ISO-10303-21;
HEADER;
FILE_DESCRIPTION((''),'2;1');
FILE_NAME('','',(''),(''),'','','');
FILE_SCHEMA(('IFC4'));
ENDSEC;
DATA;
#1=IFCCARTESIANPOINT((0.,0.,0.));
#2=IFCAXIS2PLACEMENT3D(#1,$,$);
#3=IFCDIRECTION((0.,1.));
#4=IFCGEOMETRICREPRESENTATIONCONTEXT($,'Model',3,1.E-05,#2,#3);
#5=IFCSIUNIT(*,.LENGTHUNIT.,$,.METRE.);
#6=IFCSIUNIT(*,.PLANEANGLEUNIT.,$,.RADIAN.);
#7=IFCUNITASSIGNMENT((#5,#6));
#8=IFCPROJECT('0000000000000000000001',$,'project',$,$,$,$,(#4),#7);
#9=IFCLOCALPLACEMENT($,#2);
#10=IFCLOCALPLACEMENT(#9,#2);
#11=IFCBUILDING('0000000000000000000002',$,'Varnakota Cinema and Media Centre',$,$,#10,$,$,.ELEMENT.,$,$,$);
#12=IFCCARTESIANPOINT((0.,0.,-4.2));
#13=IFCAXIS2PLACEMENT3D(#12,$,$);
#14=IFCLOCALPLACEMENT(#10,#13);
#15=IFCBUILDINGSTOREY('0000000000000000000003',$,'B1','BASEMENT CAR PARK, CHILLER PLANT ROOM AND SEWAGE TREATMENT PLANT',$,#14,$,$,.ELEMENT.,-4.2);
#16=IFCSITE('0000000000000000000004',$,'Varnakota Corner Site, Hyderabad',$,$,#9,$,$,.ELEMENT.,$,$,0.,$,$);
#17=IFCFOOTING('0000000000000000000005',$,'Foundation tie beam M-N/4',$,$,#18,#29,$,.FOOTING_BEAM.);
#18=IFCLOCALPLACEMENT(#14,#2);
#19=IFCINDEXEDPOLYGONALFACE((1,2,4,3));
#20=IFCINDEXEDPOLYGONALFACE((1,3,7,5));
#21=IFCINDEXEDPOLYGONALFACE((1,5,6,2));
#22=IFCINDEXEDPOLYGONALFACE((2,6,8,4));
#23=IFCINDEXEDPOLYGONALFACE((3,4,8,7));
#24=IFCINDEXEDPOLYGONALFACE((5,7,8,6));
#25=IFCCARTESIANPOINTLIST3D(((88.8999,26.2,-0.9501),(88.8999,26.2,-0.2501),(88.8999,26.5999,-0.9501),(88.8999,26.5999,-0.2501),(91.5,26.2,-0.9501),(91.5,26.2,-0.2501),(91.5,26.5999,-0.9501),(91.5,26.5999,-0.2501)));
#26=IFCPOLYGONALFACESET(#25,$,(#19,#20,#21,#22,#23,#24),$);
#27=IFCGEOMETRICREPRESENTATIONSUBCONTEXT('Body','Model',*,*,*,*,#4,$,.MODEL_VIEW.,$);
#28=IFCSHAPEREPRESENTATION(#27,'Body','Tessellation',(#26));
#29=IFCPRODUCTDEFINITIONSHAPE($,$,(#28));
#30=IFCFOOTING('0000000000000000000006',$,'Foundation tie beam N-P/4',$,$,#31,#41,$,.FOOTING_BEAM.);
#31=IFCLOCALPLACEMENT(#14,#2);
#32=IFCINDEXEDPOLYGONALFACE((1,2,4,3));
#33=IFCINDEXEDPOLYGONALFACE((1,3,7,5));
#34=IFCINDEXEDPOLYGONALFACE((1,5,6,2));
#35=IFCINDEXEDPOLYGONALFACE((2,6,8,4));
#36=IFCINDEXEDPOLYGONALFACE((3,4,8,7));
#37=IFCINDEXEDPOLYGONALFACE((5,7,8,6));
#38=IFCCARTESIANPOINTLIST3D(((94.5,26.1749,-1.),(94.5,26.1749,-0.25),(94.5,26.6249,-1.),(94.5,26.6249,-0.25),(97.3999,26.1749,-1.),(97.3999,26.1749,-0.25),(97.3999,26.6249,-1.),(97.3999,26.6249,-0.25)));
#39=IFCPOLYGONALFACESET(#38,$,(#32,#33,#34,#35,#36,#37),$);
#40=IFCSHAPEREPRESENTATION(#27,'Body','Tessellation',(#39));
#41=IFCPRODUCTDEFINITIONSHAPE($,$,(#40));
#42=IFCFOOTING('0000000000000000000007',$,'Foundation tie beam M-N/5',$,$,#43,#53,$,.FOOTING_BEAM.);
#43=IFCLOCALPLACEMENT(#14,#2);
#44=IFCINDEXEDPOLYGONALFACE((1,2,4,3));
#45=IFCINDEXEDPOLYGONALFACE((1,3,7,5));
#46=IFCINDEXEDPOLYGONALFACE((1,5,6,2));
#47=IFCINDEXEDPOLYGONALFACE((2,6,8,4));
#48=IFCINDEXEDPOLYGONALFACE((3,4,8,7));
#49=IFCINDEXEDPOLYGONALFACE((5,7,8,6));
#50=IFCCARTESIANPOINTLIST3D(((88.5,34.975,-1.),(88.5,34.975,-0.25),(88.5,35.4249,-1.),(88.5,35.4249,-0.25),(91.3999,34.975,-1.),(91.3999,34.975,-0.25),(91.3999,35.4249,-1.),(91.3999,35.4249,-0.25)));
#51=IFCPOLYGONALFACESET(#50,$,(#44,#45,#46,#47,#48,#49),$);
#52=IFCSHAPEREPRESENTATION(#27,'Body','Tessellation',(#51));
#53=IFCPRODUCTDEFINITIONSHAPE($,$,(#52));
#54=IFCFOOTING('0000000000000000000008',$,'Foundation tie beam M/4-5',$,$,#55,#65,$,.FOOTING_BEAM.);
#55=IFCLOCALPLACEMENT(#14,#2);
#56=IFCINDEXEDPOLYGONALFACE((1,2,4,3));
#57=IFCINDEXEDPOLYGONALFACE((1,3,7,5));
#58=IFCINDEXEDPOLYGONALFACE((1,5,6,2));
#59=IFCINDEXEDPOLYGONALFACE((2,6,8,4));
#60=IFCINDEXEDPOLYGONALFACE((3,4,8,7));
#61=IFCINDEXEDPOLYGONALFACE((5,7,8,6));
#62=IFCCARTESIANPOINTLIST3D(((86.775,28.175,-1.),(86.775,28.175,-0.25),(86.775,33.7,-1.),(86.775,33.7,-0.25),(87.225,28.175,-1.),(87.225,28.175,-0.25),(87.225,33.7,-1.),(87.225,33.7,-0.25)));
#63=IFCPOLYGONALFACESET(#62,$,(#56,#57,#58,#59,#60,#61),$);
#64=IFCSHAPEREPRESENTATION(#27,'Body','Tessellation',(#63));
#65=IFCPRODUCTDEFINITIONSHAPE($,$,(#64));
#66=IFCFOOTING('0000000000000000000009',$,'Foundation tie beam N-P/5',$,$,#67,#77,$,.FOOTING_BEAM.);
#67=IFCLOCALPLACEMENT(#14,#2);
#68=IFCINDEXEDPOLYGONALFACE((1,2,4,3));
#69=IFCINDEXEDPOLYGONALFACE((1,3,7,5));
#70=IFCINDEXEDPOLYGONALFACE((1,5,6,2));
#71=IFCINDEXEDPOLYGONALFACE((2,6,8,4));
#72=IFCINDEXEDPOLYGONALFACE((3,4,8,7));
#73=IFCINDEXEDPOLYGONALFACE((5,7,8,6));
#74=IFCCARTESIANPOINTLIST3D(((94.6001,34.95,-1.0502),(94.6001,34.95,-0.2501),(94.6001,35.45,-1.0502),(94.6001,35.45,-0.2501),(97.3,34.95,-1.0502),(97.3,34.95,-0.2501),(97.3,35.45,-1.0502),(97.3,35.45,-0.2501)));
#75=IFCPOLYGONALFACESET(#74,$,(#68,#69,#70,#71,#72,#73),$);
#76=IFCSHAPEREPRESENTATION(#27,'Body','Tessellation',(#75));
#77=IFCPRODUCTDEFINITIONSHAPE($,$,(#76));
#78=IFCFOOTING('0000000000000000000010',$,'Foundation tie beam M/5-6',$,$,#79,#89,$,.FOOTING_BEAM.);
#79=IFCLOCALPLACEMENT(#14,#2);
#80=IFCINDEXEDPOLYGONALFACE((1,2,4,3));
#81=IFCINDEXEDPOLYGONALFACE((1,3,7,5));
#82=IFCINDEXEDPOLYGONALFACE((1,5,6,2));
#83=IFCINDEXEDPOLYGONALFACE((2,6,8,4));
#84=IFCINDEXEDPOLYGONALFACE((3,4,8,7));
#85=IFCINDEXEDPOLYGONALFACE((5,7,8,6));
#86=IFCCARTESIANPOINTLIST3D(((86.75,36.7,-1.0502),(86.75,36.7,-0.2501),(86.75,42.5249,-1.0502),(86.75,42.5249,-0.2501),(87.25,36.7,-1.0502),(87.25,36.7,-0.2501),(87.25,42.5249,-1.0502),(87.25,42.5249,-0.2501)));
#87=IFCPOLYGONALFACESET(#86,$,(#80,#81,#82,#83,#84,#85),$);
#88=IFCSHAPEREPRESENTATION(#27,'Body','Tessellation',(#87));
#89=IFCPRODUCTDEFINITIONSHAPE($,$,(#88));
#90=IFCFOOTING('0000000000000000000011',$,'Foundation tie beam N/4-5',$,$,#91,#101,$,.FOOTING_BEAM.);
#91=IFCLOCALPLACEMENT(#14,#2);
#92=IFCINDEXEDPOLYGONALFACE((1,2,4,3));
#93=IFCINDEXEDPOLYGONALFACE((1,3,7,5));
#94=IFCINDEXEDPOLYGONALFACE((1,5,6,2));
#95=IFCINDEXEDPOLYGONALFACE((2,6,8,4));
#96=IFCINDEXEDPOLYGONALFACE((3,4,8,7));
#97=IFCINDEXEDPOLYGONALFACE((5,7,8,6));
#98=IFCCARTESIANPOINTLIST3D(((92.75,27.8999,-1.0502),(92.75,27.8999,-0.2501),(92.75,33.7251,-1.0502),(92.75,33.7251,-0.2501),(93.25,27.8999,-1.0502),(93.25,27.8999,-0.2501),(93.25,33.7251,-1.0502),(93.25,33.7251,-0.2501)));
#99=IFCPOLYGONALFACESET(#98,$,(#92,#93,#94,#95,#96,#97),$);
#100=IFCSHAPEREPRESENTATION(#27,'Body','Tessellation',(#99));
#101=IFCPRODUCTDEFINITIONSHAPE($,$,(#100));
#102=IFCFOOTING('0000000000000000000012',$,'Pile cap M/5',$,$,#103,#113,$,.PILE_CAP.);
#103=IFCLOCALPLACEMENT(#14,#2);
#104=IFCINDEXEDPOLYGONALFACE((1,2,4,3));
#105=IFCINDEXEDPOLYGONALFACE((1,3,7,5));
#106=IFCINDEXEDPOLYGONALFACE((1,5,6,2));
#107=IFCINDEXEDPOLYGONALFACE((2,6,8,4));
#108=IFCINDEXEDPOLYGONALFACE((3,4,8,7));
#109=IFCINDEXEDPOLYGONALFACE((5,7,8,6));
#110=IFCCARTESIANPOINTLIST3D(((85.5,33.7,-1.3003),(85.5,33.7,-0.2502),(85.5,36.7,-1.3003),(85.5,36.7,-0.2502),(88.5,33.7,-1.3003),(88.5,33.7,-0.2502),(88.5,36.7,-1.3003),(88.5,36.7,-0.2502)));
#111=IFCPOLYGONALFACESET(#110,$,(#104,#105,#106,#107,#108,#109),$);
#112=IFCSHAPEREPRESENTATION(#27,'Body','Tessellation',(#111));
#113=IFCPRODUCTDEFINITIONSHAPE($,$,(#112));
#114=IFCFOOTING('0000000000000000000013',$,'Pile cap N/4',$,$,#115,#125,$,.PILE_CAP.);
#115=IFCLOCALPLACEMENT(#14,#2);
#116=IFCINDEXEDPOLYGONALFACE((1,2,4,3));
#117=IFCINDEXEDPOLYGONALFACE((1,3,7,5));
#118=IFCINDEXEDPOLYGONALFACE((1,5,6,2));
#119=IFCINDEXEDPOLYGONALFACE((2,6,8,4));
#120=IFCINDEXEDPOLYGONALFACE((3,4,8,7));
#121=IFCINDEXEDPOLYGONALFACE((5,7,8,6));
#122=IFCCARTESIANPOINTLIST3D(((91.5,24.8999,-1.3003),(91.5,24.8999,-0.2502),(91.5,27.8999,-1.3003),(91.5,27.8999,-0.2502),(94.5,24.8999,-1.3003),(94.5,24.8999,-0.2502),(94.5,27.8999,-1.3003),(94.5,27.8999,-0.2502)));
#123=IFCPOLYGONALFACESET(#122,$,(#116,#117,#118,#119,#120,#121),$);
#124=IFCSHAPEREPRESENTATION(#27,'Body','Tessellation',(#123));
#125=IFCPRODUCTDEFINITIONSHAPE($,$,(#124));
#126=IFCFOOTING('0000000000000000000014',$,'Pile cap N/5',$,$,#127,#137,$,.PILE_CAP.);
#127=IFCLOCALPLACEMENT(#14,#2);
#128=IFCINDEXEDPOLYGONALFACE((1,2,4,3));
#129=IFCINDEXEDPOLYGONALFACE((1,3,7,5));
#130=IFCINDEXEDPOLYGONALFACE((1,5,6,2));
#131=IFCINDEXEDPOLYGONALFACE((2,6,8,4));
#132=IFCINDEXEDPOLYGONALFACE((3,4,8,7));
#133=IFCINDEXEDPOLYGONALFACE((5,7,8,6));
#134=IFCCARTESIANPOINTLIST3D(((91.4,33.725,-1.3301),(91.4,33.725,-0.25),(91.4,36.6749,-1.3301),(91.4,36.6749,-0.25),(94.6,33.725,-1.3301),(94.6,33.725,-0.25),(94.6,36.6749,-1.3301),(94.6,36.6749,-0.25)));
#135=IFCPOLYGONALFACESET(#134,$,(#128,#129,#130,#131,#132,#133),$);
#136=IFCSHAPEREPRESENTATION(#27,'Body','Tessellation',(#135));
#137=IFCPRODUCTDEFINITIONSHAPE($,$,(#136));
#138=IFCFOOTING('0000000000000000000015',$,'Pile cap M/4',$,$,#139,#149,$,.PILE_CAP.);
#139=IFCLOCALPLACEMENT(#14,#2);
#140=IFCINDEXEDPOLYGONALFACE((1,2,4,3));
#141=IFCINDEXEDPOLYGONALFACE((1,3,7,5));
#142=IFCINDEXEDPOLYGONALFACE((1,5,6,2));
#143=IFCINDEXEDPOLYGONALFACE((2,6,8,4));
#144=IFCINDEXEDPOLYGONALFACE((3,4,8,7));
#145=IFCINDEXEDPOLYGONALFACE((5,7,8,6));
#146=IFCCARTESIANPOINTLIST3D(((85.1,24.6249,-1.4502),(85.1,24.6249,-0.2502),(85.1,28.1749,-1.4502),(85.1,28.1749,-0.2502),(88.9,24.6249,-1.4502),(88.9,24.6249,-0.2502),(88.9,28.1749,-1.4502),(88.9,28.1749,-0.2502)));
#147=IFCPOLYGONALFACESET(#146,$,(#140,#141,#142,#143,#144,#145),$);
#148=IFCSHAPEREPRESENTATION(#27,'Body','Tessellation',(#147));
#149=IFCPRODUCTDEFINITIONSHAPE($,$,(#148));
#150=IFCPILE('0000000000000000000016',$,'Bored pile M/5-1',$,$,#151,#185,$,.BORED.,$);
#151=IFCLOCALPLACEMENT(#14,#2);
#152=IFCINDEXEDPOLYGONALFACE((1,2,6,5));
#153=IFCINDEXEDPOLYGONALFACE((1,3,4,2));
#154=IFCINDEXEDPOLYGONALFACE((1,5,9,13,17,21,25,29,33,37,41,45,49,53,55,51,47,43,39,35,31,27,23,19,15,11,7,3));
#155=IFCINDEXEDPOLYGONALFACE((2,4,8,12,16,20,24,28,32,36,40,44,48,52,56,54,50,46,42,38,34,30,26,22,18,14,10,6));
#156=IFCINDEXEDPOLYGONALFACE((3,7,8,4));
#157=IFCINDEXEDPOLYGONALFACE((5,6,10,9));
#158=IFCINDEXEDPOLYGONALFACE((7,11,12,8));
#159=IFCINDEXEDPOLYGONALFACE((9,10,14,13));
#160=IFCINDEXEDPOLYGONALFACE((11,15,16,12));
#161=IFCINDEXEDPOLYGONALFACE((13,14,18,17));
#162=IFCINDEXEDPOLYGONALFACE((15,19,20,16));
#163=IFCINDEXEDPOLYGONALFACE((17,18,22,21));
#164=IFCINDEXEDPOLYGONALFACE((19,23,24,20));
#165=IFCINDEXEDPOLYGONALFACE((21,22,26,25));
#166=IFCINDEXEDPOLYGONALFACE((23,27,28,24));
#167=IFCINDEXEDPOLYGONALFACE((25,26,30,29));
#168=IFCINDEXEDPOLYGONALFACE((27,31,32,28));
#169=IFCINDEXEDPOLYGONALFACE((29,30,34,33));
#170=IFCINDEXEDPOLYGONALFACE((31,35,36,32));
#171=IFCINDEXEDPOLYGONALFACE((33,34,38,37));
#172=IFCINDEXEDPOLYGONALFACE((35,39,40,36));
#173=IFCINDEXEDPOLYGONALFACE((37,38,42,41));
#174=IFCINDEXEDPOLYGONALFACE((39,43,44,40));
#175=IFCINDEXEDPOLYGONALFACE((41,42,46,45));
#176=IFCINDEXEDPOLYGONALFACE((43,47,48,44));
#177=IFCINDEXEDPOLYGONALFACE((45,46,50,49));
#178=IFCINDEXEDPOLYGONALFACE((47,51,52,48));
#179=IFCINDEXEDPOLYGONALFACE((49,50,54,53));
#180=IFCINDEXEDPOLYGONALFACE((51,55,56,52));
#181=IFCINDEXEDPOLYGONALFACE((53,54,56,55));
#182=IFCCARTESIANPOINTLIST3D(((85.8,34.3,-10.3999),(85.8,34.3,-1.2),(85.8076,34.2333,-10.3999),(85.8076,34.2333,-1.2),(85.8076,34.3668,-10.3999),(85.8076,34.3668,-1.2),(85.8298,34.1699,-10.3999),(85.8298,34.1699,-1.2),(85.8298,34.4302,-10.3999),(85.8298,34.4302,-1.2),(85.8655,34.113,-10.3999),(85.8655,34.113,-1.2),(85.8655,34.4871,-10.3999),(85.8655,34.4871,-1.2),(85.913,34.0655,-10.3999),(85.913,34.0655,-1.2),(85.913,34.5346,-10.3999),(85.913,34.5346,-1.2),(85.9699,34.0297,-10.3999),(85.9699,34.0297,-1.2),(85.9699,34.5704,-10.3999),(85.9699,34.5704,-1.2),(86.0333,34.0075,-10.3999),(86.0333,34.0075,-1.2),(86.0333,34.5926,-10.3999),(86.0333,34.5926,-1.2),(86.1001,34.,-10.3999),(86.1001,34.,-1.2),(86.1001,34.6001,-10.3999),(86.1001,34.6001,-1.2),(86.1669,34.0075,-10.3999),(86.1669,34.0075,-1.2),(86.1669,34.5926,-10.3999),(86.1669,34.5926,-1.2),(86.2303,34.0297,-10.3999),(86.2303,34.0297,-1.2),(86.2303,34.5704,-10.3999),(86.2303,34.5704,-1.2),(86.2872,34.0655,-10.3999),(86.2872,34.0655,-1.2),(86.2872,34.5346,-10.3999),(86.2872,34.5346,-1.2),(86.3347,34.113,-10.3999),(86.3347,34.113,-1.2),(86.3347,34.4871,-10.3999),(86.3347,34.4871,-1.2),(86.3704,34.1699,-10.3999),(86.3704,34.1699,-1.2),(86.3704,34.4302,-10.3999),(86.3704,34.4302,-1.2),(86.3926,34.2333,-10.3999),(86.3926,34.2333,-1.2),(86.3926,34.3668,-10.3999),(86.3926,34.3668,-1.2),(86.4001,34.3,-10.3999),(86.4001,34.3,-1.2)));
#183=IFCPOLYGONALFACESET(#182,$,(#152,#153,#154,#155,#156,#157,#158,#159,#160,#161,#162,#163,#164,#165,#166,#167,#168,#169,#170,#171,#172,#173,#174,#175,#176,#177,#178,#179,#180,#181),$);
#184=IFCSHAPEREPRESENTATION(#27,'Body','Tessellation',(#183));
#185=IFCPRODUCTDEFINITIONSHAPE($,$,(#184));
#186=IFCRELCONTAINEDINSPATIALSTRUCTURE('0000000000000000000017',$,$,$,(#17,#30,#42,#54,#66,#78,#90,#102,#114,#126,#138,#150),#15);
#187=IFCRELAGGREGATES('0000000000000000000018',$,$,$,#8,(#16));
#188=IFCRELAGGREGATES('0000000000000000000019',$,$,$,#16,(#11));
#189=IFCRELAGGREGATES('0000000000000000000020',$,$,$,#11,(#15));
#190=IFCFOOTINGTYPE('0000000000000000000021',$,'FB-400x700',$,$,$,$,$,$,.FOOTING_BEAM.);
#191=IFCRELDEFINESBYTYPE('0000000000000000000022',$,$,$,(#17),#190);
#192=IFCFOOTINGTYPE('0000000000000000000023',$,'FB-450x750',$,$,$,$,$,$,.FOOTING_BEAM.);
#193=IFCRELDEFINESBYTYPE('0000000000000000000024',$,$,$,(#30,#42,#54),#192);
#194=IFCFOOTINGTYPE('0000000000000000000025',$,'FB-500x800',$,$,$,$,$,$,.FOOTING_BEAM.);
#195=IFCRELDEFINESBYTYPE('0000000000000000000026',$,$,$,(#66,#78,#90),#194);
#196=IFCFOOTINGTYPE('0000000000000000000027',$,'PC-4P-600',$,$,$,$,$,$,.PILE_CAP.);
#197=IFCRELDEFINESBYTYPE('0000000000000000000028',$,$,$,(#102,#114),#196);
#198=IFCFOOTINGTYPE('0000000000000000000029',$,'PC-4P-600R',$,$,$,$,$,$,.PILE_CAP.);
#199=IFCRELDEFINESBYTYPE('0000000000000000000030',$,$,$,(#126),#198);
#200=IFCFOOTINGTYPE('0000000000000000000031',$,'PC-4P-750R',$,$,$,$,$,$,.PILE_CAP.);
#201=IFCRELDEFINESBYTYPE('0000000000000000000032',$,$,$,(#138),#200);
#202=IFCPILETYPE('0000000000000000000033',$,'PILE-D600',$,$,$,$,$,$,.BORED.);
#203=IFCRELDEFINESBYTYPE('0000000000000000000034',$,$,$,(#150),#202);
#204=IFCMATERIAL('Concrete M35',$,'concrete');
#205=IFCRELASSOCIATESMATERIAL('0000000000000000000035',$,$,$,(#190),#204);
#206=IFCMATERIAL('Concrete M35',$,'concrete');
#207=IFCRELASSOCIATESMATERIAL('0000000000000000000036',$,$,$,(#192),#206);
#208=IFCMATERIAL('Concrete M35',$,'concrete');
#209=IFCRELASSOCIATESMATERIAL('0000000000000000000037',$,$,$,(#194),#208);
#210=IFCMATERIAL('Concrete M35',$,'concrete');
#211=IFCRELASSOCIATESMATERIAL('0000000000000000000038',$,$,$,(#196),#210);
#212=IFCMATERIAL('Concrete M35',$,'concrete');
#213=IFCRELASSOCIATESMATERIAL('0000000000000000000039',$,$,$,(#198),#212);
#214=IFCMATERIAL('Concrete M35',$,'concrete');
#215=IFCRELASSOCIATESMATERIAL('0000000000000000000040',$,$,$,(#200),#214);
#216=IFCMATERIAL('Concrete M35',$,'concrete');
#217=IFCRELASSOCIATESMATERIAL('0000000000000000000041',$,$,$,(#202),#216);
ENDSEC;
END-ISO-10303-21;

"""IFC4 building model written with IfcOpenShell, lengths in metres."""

from ifc_helpers import new_model, si_unit, direction, frame, origin, origin_2d, place, context, subcontext, project, spatial, rectangle, circle, extrude, material, material_profile, profile_set, type_object, element, save


model = new_model("IFC4")

# Units and contexts
model_context = context("Model", 3, precision=1e-05, world=origin(), true_north=direction((0.0, 1.0)))
body_context = subcontext(model_context, "Body", "Model", "MODEL_VIEW")
ifc_project = project(units=[si_unit("LENGTHUNIT", "METRE"), si_unit("PLANEANGLEUNIT", "RADIAN")], contexts=[model_context])

# Site, building, storey
site_placement = place(None, origin())
site = spatial("IfcSite", under=ifc_project, at=site_placement, Name="Varnakota Corner Site, Hyderabad", CompositionType="ELEMENT", RefElevation=0.0)
building_placement = place(site_placement, origin())
building = spatial("IfcBuilding", under=site, at=building_placement, Name="Varnakota Cinema and Media Centre", CompositionType="ELEMENT")
storey_placement = place(building_placement, frame((0.0, 0.0, -4.2)))
storey = spatial("IfcBuildingStorey", under=building, at=storey_placement, Name="B1", Description="BASEMENT CAR PARK, CHILLER PLANT ROOM AND SEWAGE TREATMENT PLANT", CompositionType="ELEMENT", Elevation=-4.2)

# Footings
ifc_material_1 = material(Name="Concrete M35", Category="concrete")
ifc_material_profile_1 = material_profile(ifc_material_1, rectangle(XDim=0.3999, YDim=0.7, at=origin_2d()), Name="FB 400x700")
ifc_profile_set_1 = profile_set([ifc_material_profile_1], Name="Concrete M35")
footing_type_1 = type_object("IfcFootingType", Name="FB-400x700", PredefinedType="FOOTING_BEAM", material=ifc_profile_set_1)
footing_1_placement = place(storey_placement, frame((88.8999, 26.3999, -0.6001), z_axis=(1.0, 0.0, 0.0), x_axis=(0.0, 1.0, 0.0)))
element("IfcFooting", 1, at=footing_1_placement, inside=storey, type_object=footing_type_1, Name="Foundation tie beam M-N/4", PredefinedType="FOOTING_BEAM", context=body_context, shape_type="SweptSolid", body=[
    extrude(rectangle(XDim=0.3999, YDim=0.7, at=origin_2d()), origin(), (0.0, 0.0, 1.0), 2.6001),
])
ifc_material_2 = material(Name="Concrete M35", Category="concrete")
ifc_material_profile_2 = material_profile(ifc_material_2, rectangle(XDim=0.45, YDim=0.75, at=origin_2d()), Name="FB 450x750")
ifc_profile_set_2 = profile_set([ifc_material_profile_2], Name="Concrete M35")
footing_type_2 = type_object("IfcFootingType", Name="FB-450x750", PredefinedType="FOOTING_BEAM", material=ifc_profile_set_2)
for number, where, z_axis, x_axis, name in (
    (2, (94.5, 26.3999, -0.625), (1.0, 0.0, 0.0), (0.0, 1.0, 0.0), "Foundation tie beam N-P/4"),
    (3, (88.5, 35.2, -0.625), (1.0, 0.0, 0.0), (0.0, 1.0, 0.0), "Foundation tie beam M-N/5"),
):
    element("IfcFooting", number, at=place(storey_placement, frame(where, z_axis=z_axis, x_axis=x_axis)), inside=storey, type_object=footing_type_2, Name=name, PredefinedType="FOOTING_BEAM", context=body_context, shape_type="SweptSolid", body=[
        extrude(rectangle(XDim=0.45, YDim=0.75, at=origin_2d()), origin(), (0.0, 0.0, 1.0), 2.8999),
    ])
footing_2_placement = place(storey_placement, frame((87.0, 28.175, -0.625), z_axis=(0.0, 1.0, 0.0), x_axis=(-1.0, 0.0, 0.0)))
element("IfcFooting", 4, at=footing_2_placement, inside=storey, type_object=footing_type_2, Name="Foundation tie beam M/4-5", PredefinedType="FOOTING_BEAM", context=body_context, shape_type="SweptSolid", body=[
    extrude(rectangle(XDim=0.45, YDim=0.75, at=origin_2d()), origin(), (0.0, 0.0, 1.0), 5.5249),
])
ifc_material_3 = material(Name="Concrete M35", Category="concrete")
ifc_material_profile_3 = material_profile(ifc_material_3, rectangle(XDim=0.5, YDim=0.8, at=origin_2d()), Name="FB 500x800")
ifc_profile_set_3 = profile_set([ifc_material_profile_3], Name="Concrete M35")
footing_type_3 = type_object("IfcFootingType", Name="FB-500x800", PredefinedType="FOOTING_BEAM", material=ifc_profile_set_3)
footing_3_placement = place(storey_placement, frame((94.6001, 35.2, -0.6501), z_axis=(1.0, 0.0, 0.0), x_axis=(0.0, 1.0, 0.0)))
element("IfcFooting", 5, at=footing_3_placement, inside=storey, type_object=footing_type_3, Name="Foundation tie beam N-P/5", PredefinedType="FOOTING_BEAM", context=body_context, shape_type="SweptSolid", body=[
    extrude(rectangle(XDim=0.5, YDim=0.8, at=origin_2d()), origin(), (0.0, 0.0, 1.0), 2.7),
])
footing_4_placement = place(storey_placement, frame((87.0, 36.7, -0.6501), z_axis=(0.0, 1.0, 0.0), x_axis=(-1.0, 0.0, 0.0)))
element("IfcFooting", 6, at=footing_4_placement, inside=storey, type_object=footing_type_3, Name="Foundation tie beam M/5-6", PredefinedType="FOOTING_BEAM", context=body_context, shape_type="SweptSolid", body=[
    extrude(rectangle(XDim=0.5, YDim=0.8, at=origin_2d()), origin(), (0.0, 0.0, 1.0), 5.825),
])
footing_5_placement = place(storey_placement, frame((93.0, 27.8999, -0.6501), z_axis=(0.0, 1.0, 0.0), x_axis=(-1.0, 0.0, 0.0)))
element("IfcFooting", 7, at=footing_5_placement, inside=storey, type_object=footing_type_3, Name="Foundation tie beam N/4-5", PredefinedType="FOOTING_BEAM", context=body_context, shape_type="SweptSolid", body=[
    extrude(rectangle(XDim=0.5, YDim=0.8, at=origin_2d()), origin(), (0.0, 0.0, 1.0), 5.8252),
])
ifc_material_4 = material(Name="Concrete M35", Category="concrete")
footing_type_4 = type_object("IfcFootingType", Name="PC-4P-600", PredefinedType="PILE_CAP", material=ifc_material_4)
for number, where, z_axis, x_axis, name in (
    (8, (87.0, 35.2, -1.3003), (0.0, 0.0, 1.0), (1.0, 0.0, 0.0), "Pile cap M/5"),
    (9, (93.0, 26.3999, -1.3003), (0.0, 0.0, 1.0), (1.0, 0.0, 0.0), "Pile cap N/4"),
):
    element("IfcFooting", number, at=place(storey_placement, frame(where, z_axis=z_axis, x_axis=x_axis)), inside=storey, type_object=footing_type_4, Name=name, PredefinedType="PILE_CAP", context=body_context, shape_type="SweptSolid", body=[
        extrude(rectangle(XDim=3.0, YDim=3.0, at=origin_2d()), origin(), (0.0, 0.0, 1.0), 1.05),
    ])
ifc_material_5 = material(Name="Concrete M35", Category="concrete")
footing_type_5 = type_object("IfcFootingType", Name="PC-4P-600R", PredefinedType="PILE_CAP", material=ifc_material_5)
footing_6_placement = place(storey_placement, frame((93.0, 35.2, -1.3301), z_axis=(0.0, 0.0, 1.0), x_axis=(1.0, 0.0, 0.0)))
element("IfcFooting", 10, at=footing_6_placement, inside=storey, type_object=footing_type_5, Name="Pile cap N/5", PredefinedType="PILE_CAP", context=body_context, shape_type="SweptSolid", body=[
    extrude(rectangle(XDim=3.2, YDim=2.95, at=origin_2d()), origin(), (0.0, 0.0, 1.0), 1.0801),
])
ifc_material_6 = material(Name="Concrete M35", Category="concrete")
footing_type_6 = type_object("IfcFootingType", Name="PC-4P-750R", PredefinedType="PILE_CAP", material=ifc_material_6)
footing_7_placement = place(storey_placement, frame((87.0, 26.3999, -1.4502), z_axis=(0.0, 0.0, 1.0), x_axis=(1.0, 0.0, 0.0)))
element("IfcFooting", 11, at=footing_7_placement, inside=storey, type_object=footing_type_6, Name="Pile cap M/4", PredefinedType="PILE_CAP", context=body_context, shape_type="SweptSolid", body=[
    extrude(rectangle(XDim=3.8, YDim=3.55, at=origin_2d()), origin(), (0.0, 0.0, 1.0), 1.2),
])

# Pile
ifc_material_7 = material(Name="Concrete M35", Category="concrete")
ifc_material_profile_4 = material_profile(ifc_material_7, circle(Radius=0.3, at=origin_2d()), Name="PILE D600")
ifc_profile_set_4 = profile_set([ifc_material_profile_4], Name="Concrete M35")
pile_type_1 = type_object("IfcPileType", Name="PILE-D600", PredefinedType="BORED", material=ifc_profile_set_4)
for number, where, z_axis, x_axis, name in (
    (12, (86.1001, 34.3, -1.2), (0.0, 0.0, -1.0), (1.0, 0.0, 0.0), "Bored pile M/5-1"),
):
    element("IfcPile", number, at=place(storey_placement, frame(where, z_axis=z_axis, x_axis=x_axis)), inside=storey, type_object=pile_type_1, Name=name, PredefinedType="BORED", context=body_context, shape_type="SweptSolid", body=[
        extrude(circle(Radius=0.3, at=origin_2d()), origin(), (0.0, 0.0, 1.0), 9.2),
    ])

save(model, "model.ifc")
